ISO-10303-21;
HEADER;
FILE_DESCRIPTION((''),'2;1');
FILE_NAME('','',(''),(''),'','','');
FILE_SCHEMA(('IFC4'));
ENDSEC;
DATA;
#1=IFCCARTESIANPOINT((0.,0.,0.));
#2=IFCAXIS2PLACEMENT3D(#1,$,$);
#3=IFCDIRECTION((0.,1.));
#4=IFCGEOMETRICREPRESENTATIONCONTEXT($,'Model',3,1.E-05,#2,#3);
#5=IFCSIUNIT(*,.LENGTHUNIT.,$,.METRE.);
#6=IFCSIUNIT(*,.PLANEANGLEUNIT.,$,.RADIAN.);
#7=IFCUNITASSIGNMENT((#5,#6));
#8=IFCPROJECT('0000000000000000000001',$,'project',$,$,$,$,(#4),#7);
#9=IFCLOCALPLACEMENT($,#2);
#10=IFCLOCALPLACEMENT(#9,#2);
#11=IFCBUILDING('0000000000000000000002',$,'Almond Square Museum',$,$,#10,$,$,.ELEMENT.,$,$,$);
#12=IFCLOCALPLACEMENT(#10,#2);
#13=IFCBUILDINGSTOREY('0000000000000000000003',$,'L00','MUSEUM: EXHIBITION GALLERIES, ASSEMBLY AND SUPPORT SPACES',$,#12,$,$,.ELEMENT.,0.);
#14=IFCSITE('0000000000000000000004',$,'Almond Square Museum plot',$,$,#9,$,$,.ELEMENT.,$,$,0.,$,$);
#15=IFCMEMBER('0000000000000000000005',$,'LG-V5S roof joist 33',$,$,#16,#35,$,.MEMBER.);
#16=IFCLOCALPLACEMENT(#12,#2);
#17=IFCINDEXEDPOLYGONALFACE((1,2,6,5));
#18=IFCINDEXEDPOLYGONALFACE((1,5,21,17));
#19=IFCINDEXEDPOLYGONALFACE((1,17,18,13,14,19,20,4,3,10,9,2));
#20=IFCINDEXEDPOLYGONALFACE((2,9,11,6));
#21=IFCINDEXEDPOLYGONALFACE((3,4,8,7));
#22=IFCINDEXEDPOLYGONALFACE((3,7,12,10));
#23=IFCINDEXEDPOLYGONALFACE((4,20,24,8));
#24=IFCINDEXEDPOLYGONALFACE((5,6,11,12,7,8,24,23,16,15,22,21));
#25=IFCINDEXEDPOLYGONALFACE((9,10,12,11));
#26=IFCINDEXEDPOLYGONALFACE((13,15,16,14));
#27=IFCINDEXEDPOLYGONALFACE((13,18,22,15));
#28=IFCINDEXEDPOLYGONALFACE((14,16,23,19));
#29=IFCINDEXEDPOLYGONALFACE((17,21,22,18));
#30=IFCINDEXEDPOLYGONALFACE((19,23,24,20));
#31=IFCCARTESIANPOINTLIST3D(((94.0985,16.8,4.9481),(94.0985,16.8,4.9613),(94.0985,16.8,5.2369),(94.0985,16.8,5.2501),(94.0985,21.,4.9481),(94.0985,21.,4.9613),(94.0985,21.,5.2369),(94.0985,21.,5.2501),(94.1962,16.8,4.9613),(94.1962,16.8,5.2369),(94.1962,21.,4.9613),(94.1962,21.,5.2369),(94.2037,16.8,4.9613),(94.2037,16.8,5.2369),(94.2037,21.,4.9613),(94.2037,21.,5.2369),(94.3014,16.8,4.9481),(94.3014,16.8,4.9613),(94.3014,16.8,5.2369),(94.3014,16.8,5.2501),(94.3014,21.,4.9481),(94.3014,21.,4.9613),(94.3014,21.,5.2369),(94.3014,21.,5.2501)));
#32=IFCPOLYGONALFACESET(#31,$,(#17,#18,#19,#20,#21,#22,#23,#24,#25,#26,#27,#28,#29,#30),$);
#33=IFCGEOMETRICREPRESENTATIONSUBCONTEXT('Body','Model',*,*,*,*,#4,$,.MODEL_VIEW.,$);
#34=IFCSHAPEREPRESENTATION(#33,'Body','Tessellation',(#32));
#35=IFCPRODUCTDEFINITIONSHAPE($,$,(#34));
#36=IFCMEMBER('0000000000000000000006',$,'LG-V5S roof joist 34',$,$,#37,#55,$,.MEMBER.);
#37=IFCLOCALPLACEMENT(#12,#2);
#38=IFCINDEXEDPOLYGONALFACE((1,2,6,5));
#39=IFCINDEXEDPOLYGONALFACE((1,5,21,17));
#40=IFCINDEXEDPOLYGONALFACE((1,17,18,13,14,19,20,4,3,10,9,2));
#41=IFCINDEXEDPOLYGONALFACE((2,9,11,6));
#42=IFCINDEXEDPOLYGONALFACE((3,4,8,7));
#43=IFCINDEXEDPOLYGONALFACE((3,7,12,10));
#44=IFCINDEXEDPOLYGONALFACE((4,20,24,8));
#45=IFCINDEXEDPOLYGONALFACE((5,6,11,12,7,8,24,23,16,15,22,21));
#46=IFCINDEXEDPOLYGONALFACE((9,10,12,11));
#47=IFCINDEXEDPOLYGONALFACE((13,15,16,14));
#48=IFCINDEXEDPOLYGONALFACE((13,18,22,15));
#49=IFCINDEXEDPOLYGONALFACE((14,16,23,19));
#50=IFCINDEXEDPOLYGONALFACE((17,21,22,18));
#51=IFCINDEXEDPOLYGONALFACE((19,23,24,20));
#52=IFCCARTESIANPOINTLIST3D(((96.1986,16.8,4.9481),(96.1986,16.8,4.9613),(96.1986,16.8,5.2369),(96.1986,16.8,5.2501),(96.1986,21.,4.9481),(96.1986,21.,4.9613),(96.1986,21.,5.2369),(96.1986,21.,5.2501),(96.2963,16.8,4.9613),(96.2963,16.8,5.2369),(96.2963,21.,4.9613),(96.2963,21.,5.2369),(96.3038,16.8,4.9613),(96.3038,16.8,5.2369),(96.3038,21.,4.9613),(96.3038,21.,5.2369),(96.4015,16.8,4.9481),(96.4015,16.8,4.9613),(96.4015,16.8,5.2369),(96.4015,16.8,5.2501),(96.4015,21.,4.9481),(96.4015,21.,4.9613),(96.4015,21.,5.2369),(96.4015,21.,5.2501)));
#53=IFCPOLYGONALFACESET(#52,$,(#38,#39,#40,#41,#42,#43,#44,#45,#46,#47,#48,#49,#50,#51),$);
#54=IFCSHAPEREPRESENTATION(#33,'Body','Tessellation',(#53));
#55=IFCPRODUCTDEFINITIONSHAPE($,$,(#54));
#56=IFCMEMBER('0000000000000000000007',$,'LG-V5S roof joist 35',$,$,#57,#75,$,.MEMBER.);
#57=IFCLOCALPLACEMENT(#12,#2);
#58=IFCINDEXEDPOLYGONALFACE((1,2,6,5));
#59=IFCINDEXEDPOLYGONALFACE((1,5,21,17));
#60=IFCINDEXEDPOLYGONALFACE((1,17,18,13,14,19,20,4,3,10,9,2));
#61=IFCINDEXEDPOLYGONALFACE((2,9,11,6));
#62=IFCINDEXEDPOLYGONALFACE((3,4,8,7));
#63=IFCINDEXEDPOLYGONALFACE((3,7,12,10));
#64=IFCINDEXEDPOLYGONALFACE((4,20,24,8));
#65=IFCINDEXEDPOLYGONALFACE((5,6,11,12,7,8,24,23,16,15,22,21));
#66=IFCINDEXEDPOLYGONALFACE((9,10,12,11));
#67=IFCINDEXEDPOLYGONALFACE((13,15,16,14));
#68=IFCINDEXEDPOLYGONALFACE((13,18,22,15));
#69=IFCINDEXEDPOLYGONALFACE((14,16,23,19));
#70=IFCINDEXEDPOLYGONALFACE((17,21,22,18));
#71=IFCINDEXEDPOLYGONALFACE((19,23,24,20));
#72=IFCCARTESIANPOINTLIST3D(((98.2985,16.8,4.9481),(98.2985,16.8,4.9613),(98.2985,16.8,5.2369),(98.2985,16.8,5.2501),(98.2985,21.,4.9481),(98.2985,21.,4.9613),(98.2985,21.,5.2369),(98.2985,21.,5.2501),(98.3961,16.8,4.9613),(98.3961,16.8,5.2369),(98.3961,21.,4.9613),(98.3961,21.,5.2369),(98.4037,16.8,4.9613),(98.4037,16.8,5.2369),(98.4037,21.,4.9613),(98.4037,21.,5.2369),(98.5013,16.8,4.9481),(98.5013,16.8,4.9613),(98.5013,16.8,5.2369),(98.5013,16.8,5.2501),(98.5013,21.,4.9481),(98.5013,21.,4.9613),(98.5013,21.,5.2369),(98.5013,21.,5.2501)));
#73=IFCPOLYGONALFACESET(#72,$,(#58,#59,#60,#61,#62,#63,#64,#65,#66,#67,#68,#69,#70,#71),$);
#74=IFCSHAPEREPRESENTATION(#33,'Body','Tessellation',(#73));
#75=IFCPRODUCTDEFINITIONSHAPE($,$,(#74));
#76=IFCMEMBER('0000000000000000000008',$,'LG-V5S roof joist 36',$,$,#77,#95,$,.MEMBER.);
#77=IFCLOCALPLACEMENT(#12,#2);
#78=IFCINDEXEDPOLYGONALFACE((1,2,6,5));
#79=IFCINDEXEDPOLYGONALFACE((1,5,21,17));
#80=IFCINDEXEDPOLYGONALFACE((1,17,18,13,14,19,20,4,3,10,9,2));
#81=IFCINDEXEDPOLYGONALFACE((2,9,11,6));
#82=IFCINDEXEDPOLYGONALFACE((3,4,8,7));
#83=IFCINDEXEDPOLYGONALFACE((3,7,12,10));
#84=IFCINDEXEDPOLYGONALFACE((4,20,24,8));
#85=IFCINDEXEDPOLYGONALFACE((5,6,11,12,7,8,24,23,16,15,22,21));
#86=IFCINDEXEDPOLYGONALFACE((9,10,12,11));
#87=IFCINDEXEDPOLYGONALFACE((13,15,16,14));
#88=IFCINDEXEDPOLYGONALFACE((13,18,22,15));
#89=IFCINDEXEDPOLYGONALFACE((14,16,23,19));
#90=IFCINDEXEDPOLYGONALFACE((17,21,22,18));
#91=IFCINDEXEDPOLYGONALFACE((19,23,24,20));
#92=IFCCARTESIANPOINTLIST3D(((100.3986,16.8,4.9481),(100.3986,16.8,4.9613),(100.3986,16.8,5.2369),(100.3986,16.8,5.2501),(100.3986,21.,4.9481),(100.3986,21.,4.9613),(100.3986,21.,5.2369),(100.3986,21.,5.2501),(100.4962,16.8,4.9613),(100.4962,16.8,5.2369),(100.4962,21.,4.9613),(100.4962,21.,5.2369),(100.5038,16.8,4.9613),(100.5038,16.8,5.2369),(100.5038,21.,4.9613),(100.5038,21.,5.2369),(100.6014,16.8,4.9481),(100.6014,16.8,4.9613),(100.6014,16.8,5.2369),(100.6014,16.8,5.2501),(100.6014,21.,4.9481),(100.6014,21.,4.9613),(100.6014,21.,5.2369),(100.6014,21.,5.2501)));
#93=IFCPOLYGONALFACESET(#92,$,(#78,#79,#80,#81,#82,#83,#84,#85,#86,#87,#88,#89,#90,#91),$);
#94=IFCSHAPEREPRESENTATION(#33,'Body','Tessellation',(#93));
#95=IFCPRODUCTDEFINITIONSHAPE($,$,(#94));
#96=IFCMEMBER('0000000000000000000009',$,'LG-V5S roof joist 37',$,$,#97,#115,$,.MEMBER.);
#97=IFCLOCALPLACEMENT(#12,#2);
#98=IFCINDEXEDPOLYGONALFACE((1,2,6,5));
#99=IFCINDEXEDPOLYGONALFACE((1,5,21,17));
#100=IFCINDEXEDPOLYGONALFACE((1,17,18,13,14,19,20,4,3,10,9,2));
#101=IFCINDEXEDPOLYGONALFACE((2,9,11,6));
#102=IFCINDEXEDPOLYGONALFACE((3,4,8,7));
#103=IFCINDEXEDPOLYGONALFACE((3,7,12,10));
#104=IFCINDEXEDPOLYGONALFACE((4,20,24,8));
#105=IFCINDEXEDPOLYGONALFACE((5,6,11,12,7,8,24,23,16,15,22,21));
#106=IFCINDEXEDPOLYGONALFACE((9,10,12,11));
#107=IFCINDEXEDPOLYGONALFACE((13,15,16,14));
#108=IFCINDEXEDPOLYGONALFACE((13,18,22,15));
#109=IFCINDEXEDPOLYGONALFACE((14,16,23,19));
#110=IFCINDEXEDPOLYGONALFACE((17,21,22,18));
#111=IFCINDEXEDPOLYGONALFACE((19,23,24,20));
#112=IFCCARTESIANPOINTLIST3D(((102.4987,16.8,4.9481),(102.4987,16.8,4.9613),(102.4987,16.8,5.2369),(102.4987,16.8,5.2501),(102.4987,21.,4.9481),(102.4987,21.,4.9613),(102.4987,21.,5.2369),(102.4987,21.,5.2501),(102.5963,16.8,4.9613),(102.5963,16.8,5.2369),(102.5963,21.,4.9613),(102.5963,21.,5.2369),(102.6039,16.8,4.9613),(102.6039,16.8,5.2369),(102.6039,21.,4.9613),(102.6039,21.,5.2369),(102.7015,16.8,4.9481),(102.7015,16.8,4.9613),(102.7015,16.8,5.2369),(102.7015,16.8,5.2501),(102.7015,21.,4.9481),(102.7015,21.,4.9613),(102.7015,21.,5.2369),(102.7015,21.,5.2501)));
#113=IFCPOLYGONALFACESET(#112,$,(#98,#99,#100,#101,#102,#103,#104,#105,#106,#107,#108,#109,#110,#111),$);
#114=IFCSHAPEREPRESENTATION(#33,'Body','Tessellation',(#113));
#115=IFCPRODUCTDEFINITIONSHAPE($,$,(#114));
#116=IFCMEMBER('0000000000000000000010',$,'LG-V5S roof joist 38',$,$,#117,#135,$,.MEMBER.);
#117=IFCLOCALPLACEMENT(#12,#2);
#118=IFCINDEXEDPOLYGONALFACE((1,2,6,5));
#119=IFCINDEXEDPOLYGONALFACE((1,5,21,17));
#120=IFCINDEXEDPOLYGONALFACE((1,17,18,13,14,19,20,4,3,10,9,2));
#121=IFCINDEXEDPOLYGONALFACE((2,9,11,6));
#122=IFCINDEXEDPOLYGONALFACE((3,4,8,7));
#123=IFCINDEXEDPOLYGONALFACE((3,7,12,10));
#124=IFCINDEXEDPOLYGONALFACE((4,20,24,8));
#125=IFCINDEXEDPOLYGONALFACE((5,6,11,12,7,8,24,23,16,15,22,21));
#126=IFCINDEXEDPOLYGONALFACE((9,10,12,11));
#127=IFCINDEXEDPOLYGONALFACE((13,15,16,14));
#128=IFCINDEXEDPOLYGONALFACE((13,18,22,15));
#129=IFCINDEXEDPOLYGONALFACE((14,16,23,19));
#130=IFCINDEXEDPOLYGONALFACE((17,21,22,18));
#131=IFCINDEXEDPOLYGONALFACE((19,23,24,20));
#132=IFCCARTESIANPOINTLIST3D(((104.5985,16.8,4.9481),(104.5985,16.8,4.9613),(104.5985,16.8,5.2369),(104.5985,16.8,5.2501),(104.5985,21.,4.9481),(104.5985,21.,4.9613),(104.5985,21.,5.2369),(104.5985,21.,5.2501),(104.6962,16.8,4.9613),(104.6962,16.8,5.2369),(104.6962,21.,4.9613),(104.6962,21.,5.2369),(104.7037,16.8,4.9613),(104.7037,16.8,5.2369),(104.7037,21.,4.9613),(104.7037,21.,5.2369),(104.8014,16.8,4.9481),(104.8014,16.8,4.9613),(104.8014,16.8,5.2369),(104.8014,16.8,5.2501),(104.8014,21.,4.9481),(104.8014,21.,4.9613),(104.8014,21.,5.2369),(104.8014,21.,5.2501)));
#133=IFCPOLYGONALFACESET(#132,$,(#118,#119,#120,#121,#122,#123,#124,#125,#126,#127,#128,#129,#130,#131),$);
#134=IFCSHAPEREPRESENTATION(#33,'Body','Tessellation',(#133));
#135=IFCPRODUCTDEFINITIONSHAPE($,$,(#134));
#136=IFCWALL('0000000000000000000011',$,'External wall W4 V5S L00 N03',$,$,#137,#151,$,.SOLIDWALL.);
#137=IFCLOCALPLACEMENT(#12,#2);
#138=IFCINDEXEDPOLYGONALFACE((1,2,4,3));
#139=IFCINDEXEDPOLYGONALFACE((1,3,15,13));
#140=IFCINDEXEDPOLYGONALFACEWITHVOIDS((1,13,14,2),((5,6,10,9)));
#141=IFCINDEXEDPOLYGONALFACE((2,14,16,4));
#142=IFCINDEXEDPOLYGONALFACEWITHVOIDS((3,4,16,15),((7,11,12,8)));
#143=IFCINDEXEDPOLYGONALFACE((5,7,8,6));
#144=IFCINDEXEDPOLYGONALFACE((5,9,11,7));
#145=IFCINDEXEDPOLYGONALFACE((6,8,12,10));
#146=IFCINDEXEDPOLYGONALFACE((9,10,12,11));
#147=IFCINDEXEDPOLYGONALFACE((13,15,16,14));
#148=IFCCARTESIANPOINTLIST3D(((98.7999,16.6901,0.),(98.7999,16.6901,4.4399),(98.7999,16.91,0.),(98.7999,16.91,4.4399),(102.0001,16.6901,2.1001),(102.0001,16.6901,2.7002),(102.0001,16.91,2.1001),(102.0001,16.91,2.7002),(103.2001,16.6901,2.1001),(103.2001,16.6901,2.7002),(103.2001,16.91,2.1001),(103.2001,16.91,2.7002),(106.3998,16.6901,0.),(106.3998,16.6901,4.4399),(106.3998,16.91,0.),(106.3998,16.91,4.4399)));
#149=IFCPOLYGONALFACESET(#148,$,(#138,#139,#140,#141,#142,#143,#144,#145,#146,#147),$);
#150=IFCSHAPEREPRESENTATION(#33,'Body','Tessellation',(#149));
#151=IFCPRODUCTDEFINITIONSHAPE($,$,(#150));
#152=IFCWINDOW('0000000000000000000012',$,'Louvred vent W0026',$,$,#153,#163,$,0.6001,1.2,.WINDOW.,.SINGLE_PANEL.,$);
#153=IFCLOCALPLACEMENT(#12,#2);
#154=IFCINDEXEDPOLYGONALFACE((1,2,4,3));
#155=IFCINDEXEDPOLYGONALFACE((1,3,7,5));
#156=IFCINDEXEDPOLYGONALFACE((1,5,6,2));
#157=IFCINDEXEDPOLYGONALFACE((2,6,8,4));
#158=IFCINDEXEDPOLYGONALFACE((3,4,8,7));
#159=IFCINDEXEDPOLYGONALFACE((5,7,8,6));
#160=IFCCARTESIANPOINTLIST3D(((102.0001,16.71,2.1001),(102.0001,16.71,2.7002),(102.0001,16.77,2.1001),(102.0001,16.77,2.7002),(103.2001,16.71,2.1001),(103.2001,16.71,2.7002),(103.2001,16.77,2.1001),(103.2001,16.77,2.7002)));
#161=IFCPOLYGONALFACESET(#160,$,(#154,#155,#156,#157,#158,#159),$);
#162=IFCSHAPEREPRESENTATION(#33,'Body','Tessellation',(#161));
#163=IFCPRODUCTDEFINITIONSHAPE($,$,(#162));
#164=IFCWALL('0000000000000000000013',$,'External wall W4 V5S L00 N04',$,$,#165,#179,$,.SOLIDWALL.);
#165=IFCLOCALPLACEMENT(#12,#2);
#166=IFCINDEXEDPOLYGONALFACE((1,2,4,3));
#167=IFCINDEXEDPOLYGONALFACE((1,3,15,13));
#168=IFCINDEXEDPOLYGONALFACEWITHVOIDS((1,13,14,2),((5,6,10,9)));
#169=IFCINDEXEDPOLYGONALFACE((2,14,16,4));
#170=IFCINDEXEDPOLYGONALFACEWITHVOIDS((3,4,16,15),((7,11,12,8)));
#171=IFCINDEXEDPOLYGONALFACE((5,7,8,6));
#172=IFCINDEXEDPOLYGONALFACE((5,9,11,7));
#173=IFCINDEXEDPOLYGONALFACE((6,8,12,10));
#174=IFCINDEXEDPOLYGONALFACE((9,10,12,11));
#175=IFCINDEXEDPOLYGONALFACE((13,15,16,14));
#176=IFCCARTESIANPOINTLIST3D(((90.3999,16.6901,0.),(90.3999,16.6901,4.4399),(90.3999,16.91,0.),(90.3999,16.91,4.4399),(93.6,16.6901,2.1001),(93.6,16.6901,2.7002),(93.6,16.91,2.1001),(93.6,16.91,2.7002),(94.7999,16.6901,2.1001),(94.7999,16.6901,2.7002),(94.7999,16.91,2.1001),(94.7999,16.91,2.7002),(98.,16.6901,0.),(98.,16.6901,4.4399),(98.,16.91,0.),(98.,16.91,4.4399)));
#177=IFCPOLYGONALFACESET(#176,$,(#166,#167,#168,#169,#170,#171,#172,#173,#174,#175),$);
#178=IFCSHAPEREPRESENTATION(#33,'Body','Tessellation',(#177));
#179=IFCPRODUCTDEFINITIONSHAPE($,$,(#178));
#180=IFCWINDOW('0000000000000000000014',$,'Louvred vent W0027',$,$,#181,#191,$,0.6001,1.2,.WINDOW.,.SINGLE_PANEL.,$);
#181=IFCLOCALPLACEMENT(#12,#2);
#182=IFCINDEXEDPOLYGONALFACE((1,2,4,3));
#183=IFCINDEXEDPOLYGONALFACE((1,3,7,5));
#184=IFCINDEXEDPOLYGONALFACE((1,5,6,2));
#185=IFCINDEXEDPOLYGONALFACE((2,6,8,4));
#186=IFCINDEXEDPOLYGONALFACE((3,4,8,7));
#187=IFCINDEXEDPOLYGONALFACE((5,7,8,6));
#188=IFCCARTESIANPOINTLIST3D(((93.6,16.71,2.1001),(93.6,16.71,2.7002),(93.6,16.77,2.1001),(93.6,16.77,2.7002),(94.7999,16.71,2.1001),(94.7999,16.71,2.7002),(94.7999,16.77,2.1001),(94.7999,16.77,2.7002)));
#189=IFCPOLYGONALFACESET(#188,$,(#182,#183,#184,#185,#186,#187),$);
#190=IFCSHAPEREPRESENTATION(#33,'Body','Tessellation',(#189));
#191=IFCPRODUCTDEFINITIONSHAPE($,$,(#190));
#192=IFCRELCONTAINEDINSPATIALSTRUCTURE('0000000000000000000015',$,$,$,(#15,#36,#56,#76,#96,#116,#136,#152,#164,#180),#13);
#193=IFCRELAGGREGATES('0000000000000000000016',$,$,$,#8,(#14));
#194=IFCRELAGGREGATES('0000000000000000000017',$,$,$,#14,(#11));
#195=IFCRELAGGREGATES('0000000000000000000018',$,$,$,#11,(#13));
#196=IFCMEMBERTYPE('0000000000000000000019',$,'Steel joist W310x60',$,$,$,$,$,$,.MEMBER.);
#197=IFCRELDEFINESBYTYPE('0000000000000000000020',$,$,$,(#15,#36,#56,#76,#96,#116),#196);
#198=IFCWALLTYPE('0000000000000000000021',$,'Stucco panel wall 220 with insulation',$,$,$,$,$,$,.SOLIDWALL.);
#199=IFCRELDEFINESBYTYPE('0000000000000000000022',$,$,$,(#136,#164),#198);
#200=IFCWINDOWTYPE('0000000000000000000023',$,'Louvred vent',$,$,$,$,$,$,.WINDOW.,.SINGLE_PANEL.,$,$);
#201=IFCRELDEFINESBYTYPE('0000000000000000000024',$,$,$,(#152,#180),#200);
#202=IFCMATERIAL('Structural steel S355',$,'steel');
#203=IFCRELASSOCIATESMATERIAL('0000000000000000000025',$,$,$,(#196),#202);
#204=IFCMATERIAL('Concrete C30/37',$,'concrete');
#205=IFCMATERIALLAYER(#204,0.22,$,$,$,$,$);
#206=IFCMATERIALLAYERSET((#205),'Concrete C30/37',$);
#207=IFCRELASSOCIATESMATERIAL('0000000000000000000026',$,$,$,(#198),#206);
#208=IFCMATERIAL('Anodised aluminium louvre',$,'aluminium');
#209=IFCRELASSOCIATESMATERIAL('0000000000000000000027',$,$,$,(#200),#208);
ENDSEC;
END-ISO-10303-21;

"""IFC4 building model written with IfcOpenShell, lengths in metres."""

from ifc_helpers import new_model, si_unit, direction, frame, frame_2d, origin, origin_2d, place, context, subcontext, project, spatial, rectangle, i_section, extrude, material, layer, layer_set, material_profile, profile_set, type_object, element, fill, save


model = new_model("IFC4")

# Units and contexts
model_context = context("Model", 3, precision=1e-05, world=origin(), true_north=direction((0.0, 1.0)))
body_context = subcontext(model_context, "Body", "Model", "MODEL_VIEW")
ifc_project = project(units=[si_unit("LENGTHUNIT", "METRE"), si_unit("PLANEANGLEUNIT", "RADIAN")], contexts=[model_context])

# Site, building, storey
site_placement = place(None, origin())
site = spatial("IfcSite", under=ifc_project, at=site_placement, Name="Almond Square Museum plot", CompositionType="ELEMENT", RefElevation=0.0)
building_placement = place(site_placement, origin())
building = spatial("IfcBuilding", under=site, at=building_placement, Name="Almond Square Museum", CompositionType="ELEMENT")
storey_placement = place(building_placement, origin())
storey = spatial("IfcBuildingStorey", under=building, at=storey_placement, Name="L00", Description="MUSEUM: EXHIBITION GALLERIES, ASSEMBLY AND SUPPORT SPACES", CompositionType="ELEMENT", Elevation=0.0)

# Members
ifc_material_1 = material(Name="Structural steel S355", Category="steel")
ifc_material_profile_1 = material_profile(ifc_material_1, i_section(OverallWidth=0.2029, OverallDepth=0.302, WebThickness=0.0076, FlangeThickness=0.0132, at=origin_2d()))
ifc_profile_set_1 = profile_set([ifc_material_profile_1], Name="Structural steel S355")
member_type = type_object("IfcMemberType", Name="Steel joist W310x60", PredefinedType="MEMBER", material=ifc_profile_set_1)
for number, where, z_axis, x_axis, name in (
    (1, (94.2, 16.8, 5.0991), (0.0, 1.0, 0.0), (-1.0, 0.0, 0.0), "LG-V5S roof joist 33"),
    (2, (96.3, 16.8, 5.0991), (0.0, 1.0, 0.0), (-1.0, 0.0, 0.0), "LG-V5S roof joist 34"),
    (3, (98.3999, 16.8, 5.0991), (0.0, 1.0, 0.0), (-1.0, 0.0, 0.0), "LG-V5S roof joist 35"),
    (4, (100.5, 16.8, 5.0991), (0.0, 1.0, 0.0), (-1.0, 0.0, 0.0), "LG-V5S roof joist 36"),
    (5, (102.6001, 16.8, 5.0991), (0.0, 1.0, 0.0), (-1.0, 0.0, 0.0), "LG-V5S roof joist 37"),
    (6, (104.7, 16.8, 5.0991), (0.0, 1.0, 0.0), (-1.0, 0.0, 0.0), "LG-V5S roof joist 38"),
):
    element("IfcMember", number, at=place(storey_placement, frame(where, z_axis=z_axis, x_axis=x_axis)), inside=storey, type_object=member_type, Name=name, PredefinedType="MEMBER", context=body_context, shape_type="SweptSolid", body=[
        extrude(i_section(OverallWidth=0.2029, OverallDepth=0.302, WebThickness=0.0076, FlangeThickness=0.0132, at=origin_2d()), origin(), (0.0, 0.0, 1.0), 4.2),
    ])

# Walls, openings, windows
ifc_material_2 = material(Name="Concrete C30/37", Category="concrete")
ifc_layer = layer(ifc_material_2, 0.22)
ifc_layer_set = layer_set([ifc_layer], Name="Concrete C30/37")
wall_type = type_object("IfcWallType", Name="Stucco panel wall 220 with insulation", PredefinedType="SOLIDWALL", material=ifc_layer_set)
wall_1_placement = place(storey_placement, frame((98.8, 16.8, 0.0), z_axis=(0.0, 0.0, 1.0), x_axis=(1.0, 0.0, 0.0)))
wall_1 = element("IfcWall", 7, at=wall_1_placement, inside=storey, type_object=wall_type, Name="External wall W4 V5S L00 N03", PredefinedType="SOLIDWALL", context=body_context, shape_type="SweptSolid", body=[
    extrude(rectangle(XDim=7.5999, YDim=0.22, at=frame_2d((3.7998, 0.0))), origin(), (0.0, 0.0, 1.0), 4.4399),
])
opening_1_placement = place(wall_1_placement, frame((3.2, 0.0, 2.1001)))
opening_1 = element("IfcOpeningElement", 8, at=opening_1_placement, cuts=wall_1, PredefinedType="OPENING", context=body_context, shape_type="SweptSolid", body=[
    extrude(rectangle(XDim=1.2, YDim=0.6001, at=frame_2d((0.6001, 0.3))), frame((0.0, 0.1199, 0.0), z_axis=(0.0, -1.0, 0.0), x_axis=(1.0, 0.0, 0.0)), (0.0, 0.0, 1.0), 0.24),
])
ifc_material_3 = material(Name="Anodised aluminium louvre", Category="aluminium")
window_type = type_object("IfcWindowType", Name="Louvred vent", PartitioningType="SINGLE_PANEL", PredefinedType="WINDOW", material=ifc_material_3)
window_1_placement = place(opening_1_placement, origin())
window_1 = element("IfcWindow", 9, at=window_1_placement, inside=storey, type_object=window_type, Name="Louvred vent W0026", OverallHeight=0.6001, OverallWidth=1.2, PartitioningType="SINGLE_PANEL", PredefinedType="WINDOW", context=body_context, shape_type="SweptSolid", body=[
    extrude(rectangle(XDim=1.2, YDim=0.6001, at=frame_2d((0.6001, 0.3))), frame((0.0, -0.03, 0.0), z_axis=(0.0, -1.0, 0.0), x_axis=(1.0, 0.0, 0.0)), (0.0, 0.0, 1.0), 0.0601),
])
fill(opening_1, window_1)
wall_2_placement = place(storey_placement, frame((90.3999, 16.8, 0.0), z_axis=(0.0, 0.0, 1.0), x_axis=(1.0, 0.0, 0.0)))
wall_2 = element("IfcWall", 10, at=wall_2_placement, inside=storey, type_object=wall_type, Name="External wall W4 V5S L00 N04", PredefinedType="SOLIDWALL", context=body_context, shape_type="SweptSolid", body=[
    extrude(rectangle(XDim=7.6001, YDim=0.22, at=frame_2d((3.8, 0.0))), origin(), (0.0, 0.0, 1.0), 4.4399),
])
opening_2_placement = place(wall_2_placement, frame((3.2, 0.0, 2.1001)))
opening_2 = element("IfcOpeningElement", 11, at=opening_2_placement, cuts=wall_2, PredefinedType="OPENING", context=body_context, shape_type="SweptSolid", body=[
    extrude(rectangle(XDim=1.2, YDim=0.6001, at=frame_2d((0.6001, 0.3))), frame((0.0, 0.1199, 0.0), z_axis=(0.0, -1.0, 0.0), x_axis=(1.0, 0.0, 0.0)), (0.0, 0.0, 1.0), 0.24),
])
window_2_placement = place(opening_2_placement, origin())
window_2 = element("IfcWindow", 12, at=window_2_placement, inside=storey, type_object=window_type, Name="Louvred vent W0027", OverallHeight=0.6001, OverallWidth=1.2, PartitioningType="SINGLE_PANEL", PredefinedType="WINDOW", context=body_context, shape_type="SweptSolid", body=[
    extrude(rectangle(XDim=1.2, YDim=0.6001, at=frame_2d((0.6001, 0.3))), frame((0.0, -0.03, 0.0), z_axis=(0.0, -1.0, 0.0), x_axis=(1.0, 0.0, 0.0)), (0.0, 0.0, 1.0), 0.0601),
])
fill(opening_2, window_2)

save(model, "model.ifc")
